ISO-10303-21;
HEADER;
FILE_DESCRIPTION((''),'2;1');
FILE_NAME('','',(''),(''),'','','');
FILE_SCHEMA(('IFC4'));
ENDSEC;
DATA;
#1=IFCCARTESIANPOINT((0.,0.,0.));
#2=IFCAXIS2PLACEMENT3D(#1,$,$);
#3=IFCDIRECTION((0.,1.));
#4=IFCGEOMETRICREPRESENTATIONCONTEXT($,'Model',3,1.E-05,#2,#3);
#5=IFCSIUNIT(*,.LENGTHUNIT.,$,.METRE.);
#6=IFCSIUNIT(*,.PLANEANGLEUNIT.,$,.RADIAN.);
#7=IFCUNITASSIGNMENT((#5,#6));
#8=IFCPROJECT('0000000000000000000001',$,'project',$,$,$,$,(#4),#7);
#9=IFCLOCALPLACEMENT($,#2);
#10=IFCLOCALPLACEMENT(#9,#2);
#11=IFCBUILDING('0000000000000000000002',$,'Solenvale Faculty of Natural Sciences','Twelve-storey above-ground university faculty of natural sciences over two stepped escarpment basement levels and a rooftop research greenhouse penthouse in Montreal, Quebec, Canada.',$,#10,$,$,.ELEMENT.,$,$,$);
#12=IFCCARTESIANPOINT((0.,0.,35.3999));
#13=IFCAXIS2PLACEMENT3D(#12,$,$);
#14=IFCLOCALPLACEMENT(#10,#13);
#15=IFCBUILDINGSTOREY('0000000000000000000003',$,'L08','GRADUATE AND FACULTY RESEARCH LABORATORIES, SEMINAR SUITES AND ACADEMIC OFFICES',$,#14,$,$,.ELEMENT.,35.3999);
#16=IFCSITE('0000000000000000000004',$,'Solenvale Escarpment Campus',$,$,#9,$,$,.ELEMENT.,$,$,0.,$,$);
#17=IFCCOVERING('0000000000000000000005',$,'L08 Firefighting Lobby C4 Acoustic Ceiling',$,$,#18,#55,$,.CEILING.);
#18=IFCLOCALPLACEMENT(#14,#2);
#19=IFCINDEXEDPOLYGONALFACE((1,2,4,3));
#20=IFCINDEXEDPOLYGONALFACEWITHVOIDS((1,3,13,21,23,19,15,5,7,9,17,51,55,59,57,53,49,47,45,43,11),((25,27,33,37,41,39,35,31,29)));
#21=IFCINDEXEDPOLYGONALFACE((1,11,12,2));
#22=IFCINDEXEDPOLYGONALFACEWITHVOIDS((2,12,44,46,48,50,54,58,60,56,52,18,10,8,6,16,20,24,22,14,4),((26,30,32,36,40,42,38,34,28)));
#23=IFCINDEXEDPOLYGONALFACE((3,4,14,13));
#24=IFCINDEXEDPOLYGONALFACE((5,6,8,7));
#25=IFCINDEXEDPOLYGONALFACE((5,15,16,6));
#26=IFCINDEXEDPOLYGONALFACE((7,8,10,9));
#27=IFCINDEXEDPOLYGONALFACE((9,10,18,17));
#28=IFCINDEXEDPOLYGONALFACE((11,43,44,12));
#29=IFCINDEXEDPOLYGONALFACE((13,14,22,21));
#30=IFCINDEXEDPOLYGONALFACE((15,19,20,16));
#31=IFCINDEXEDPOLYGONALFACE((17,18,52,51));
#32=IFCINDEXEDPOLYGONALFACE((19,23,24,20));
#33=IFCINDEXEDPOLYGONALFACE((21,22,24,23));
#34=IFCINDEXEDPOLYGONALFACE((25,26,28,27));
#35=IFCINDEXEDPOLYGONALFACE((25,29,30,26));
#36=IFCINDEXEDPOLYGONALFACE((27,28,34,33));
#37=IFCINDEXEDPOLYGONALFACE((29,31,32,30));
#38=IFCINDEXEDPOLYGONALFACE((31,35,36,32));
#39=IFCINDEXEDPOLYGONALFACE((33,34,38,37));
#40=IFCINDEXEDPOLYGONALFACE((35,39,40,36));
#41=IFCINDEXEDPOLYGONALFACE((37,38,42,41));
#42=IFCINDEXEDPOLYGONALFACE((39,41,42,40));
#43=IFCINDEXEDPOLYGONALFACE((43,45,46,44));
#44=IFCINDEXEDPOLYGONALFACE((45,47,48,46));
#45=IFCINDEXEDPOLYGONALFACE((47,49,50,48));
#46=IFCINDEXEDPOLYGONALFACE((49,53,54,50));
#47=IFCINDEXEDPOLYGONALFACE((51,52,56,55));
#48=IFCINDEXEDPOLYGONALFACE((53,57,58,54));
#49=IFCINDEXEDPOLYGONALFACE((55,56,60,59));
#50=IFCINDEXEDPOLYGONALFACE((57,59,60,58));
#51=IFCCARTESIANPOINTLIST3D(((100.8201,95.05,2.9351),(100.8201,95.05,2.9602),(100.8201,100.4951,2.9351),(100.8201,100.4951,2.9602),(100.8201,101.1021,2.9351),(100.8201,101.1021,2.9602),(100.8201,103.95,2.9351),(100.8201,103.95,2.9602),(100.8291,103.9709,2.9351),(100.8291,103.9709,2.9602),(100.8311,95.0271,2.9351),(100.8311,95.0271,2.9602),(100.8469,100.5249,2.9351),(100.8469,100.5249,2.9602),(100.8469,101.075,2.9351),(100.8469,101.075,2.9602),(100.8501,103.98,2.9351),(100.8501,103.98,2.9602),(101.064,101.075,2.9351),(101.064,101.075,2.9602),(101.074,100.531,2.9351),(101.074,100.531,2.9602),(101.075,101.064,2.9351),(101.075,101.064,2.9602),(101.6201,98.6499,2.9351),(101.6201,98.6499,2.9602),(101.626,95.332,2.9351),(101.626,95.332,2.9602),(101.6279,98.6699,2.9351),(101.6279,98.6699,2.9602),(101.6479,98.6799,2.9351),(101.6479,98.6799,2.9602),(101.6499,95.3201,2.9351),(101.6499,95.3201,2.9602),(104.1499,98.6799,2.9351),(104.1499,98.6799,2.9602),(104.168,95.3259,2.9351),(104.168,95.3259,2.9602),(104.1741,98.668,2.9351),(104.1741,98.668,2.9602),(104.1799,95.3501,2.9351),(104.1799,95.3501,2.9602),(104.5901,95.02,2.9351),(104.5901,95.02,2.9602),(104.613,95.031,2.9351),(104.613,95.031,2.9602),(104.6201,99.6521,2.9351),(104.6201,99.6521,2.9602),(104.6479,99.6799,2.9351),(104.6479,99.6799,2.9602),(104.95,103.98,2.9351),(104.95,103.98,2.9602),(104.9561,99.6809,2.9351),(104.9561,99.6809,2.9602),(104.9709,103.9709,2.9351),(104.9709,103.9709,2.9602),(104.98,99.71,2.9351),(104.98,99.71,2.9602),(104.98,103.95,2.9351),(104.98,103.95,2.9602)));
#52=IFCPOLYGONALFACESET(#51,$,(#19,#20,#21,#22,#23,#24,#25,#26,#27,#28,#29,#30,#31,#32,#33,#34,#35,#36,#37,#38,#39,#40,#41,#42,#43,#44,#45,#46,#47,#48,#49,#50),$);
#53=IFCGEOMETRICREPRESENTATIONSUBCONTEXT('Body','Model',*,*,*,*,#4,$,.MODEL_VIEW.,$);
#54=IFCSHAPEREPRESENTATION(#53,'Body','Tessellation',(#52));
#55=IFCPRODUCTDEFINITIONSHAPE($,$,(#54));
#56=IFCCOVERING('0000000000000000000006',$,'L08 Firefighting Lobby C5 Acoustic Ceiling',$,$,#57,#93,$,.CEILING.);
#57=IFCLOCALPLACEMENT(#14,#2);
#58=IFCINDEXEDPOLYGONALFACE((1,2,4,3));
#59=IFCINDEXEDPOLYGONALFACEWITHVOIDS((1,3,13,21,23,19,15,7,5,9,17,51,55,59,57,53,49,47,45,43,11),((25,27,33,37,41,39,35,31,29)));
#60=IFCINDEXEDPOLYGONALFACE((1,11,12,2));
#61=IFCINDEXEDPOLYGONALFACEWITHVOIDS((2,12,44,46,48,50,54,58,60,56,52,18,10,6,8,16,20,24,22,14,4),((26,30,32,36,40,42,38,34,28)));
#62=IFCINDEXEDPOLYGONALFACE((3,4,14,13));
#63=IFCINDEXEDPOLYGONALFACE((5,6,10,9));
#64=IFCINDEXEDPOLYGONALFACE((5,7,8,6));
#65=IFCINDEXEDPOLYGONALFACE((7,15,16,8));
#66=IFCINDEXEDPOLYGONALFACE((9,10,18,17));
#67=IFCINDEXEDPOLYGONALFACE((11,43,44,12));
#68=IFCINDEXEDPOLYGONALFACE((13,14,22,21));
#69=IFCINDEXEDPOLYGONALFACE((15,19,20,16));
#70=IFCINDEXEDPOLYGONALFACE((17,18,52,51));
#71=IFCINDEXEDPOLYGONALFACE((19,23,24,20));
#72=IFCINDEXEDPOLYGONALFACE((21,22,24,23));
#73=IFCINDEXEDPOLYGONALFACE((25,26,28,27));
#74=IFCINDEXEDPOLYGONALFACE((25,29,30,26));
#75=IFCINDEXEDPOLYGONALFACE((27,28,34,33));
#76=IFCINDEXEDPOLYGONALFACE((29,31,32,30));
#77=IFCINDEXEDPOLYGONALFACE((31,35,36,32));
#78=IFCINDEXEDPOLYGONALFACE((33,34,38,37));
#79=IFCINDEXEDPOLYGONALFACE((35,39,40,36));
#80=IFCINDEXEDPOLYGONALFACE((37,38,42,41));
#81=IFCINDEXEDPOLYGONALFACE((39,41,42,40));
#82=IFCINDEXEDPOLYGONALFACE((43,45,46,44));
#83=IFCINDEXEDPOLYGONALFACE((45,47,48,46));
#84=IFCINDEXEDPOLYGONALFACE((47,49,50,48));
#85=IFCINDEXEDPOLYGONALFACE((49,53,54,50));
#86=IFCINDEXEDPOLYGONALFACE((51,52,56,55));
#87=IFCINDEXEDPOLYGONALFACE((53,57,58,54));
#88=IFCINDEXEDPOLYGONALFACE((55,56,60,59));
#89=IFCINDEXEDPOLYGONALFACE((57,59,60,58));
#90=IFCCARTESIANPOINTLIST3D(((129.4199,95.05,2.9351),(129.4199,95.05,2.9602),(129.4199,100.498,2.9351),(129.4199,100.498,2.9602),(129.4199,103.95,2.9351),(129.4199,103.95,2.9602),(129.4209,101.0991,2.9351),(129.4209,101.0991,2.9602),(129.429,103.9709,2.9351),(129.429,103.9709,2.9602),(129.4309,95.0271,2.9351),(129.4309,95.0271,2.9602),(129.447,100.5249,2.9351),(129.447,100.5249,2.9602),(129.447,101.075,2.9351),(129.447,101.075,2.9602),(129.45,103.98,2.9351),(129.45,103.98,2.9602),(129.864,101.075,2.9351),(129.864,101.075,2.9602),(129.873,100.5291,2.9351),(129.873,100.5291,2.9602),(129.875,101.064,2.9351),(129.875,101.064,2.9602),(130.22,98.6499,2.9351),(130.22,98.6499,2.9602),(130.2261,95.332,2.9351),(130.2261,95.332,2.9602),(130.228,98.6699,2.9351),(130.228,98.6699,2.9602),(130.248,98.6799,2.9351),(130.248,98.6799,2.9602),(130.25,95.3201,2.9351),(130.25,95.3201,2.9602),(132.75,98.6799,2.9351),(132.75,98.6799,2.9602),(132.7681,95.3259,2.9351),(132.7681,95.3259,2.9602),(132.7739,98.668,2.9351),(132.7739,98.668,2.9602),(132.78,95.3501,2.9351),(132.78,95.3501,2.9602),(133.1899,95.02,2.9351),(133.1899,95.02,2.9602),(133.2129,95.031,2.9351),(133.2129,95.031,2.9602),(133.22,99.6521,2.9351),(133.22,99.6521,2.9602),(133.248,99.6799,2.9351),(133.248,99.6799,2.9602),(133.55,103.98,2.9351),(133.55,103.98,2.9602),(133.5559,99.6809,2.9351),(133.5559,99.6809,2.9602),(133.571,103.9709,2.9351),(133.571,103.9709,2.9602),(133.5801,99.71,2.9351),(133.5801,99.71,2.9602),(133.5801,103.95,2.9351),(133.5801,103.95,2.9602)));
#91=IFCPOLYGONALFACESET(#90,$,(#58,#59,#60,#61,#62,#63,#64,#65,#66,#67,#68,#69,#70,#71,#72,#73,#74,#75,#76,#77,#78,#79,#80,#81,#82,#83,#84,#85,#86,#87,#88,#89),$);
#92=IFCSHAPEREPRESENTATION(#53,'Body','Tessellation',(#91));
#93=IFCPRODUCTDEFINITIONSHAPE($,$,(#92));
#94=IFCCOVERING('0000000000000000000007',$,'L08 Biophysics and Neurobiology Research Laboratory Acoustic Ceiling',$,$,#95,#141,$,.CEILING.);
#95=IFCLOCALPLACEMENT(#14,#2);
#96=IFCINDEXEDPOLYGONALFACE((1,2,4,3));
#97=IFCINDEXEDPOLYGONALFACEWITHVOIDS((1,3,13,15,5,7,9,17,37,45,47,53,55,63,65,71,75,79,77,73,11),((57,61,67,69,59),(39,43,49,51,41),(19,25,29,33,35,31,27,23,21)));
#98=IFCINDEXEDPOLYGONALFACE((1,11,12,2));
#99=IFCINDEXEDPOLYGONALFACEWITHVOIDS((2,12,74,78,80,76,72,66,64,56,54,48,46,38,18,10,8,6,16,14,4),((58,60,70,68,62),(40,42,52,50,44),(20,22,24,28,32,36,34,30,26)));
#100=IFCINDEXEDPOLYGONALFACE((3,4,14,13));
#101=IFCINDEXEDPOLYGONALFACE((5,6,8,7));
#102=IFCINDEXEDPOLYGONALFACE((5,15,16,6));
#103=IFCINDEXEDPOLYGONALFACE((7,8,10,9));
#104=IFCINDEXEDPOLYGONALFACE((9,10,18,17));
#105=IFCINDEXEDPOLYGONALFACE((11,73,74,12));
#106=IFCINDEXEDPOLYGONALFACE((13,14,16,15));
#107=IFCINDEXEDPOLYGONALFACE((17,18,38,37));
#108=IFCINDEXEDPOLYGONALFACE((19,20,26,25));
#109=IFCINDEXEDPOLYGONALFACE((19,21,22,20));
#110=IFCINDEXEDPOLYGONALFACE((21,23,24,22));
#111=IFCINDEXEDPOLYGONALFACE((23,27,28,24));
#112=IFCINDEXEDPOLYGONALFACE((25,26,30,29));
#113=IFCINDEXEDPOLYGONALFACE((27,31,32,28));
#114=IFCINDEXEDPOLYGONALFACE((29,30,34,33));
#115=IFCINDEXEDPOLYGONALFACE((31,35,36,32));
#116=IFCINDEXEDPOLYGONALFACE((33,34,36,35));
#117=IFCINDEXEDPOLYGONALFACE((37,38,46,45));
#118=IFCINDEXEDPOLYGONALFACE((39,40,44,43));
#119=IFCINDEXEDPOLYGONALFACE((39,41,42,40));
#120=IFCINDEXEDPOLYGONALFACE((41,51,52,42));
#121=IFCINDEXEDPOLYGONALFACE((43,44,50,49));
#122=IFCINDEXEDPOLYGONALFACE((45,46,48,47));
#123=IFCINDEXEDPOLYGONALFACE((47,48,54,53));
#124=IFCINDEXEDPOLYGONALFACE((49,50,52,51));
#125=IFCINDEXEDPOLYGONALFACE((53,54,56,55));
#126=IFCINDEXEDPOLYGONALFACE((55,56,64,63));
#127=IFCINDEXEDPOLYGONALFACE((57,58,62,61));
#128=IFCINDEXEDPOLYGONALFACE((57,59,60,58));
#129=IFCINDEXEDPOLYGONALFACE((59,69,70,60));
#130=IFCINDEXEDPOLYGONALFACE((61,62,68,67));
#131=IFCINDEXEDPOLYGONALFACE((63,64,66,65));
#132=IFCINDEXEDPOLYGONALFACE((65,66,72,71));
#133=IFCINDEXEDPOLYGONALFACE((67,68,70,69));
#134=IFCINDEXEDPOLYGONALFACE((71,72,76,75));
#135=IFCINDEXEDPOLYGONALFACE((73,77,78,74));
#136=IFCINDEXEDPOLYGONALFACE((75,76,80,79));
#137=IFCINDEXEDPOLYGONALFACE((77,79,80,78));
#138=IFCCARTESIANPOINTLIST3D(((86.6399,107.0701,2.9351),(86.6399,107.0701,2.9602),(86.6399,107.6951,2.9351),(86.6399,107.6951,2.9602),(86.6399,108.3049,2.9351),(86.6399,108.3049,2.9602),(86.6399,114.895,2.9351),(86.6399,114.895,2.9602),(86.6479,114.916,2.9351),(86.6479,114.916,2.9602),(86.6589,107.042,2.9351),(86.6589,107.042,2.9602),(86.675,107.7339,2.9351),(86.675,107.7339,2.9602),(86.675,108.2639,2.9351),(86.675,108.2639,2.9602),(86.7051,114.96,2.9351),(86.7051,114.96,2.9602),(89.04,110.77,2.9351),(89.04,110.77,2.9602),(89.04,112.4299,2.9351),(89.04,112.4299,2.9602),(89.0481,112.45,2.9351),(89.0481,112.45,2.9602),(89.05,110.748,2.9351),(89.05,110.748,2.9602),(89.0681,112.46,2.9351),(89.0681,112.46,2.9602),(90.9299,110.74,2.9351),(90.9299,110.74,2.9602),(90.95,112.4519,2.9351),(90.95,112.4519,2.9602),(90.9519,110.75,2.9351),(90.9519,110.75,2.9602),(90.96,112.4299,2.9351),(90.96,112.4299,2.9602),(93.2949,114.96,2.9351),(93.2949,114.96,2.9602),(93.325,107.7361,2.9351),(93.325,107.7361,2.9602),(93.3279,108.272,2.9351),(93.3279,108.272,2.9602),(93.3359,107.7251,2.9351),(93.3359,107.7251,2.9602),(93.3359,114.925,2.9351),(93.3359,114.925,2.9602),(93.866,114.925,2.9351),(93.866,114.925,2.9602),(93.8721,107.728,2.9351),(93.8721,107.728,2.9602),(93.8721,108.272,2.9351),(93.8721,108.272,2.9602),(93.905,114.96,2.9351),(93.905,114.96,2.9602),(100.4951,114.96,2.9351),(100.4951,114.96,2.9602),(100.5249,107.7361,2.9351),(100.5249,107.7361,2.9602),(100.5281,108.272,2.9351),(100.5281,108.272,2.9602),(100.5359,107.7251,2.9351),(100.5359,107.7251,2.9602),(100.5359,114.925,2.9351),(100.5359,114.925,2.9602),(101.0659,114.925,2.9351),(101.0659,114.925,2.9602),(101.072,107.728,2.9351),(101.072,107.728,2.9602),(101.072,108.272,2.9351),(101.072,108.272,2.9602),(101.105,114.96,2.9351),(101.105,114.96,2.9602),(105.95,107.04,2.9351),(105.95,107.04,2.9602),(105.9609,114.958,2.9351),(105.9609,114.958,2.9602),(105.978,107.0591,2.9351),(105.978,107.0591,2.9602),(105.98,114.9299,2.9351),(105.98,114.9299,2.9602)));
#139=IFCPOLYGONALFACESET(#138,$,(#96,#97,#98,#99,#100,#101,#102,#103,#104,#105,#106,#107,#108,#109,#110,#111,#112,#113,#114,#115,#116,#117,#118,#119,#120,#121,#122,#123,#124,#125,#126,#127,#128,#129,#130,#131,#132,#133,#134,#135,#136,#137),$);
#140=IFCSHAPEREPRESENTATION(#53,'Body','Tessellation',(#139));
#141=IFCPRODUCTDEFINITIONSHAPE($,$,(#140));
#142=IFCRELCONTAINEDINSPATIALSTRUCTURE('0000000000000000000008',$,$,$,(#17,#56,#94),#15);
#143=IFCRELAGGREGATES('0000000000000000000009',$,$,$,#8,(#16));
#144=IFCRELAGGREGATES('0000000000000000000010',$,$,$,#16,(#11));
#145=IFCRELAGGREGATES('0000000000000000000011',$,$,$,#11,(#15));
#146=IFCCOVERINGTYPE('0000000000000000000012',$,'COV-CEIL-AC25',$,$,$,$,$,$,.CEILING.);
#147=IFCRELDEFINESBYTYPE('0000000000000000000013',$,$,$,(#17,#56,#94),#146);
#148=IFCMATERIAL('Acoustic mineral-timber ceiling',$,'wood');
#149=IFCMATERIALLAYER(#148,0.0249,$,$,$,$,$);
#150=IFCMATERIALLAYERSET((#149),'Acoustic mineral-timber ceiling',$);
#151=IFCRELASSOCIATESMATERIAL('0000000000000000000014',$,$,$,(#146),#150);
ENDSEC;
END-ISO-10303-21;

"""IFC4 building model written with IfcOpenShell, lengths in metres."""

from ifc_helpers import new_model, si_unit, direction, frame, origin, place, context, subcontext, project, spatial, polyline, outline, extrude, material, layer, layer_set, type_object, element, save


model = new_model("IFC4")

# Units and contexts
model_context = context("Model", 3, precision=1e-05, world=origin(), true_north=direction((0.0, 1.0)))
body_context = subcontext(model_context, "Body", "Model", "MODEL_VIEW")
ifc_project = project(units=[si_unit("LENGTHUNIT", "METRE"), si_unit("PLANEANGLEUNIT", "RADIAN")], contexts=[model_context])

# Site, building, storey
site_placement = place(None, origin())
site = spatial("IfcSite", under=ifc_project, at=site_placement, Name="Solenvale Escarpment Campus", CompositionType="ELEMENT", RefElevation=0.0)
building_placement = place(site_placement, origin())
building = spatial("IfcBuilding", under=site, at=building_placement, Name="Solenvale Faculty of Natural Sciences", Description="Twelve-storey above-ground university faculty of natural sciences over two stepped escarpment basement levels and a rooftop research greenhouse penthouse in Montreal, Quebec, Canada.", CompositionType="ELEMENT")
storey_placement = place(building_placement, frame((0.0, 0.0, 35.3999)))
storey = spatial("IfcBuildingStorey", under=building, at=storey_placement, Name="L08", Description="GRADUATE AND FACULTY RESEARCH LABORATORIES, SEMINAR SUITES AND ACADEMIC OFFICES", CompositionType="ELEMENT", Elevation=35.3999)

# Coverings
ifc_material_1 = material(Name="Acoustic mineral-timber ceiling", Category="wood")
ifc_layer_1 = layer(ifc_material_1, 0.0249)
ifc_layer_set_1 = layer_set([ifc_layer_1], Name="Acoustic mineral-timber ceiling")
covering_type_1 = type_object("IfcCoveringType", Name="COV-CEIL-AC25", PredefinedType="CEILING", material=ifc_layer_set_1)
covering_1_placement = place(storey_placement, frame((0.0, 0.0, 2.9351)))
element("IfcCovering", 1, at=covering_1_placement, inside=storey, type_object=covering_type_1, Name="L08 Firefighting Lobby C4 Acoustic Ceiling", PredefinedType="CEILING", context=body_context, shape_type="SweptSolid", body=[
    extrude(outline(polyline([(104.98, 99.71), (104.9561, 99.6809), (104.6479, 99.6799), (104.6201, 99.6521), (104.613, 95.031), (104.5901, 95.02), (100.8311, 95.0271), (100.8201, 95.05), (100.8201, 100.4951), (100.8469, 100.5249), (101.074, 100.531), (101.075, 101.064), (101.064, 101.075), (100.8469, 101.075), (100.8201, 101.1021), (100.8201, 103.95), (100.8291, 103.9709), (100.8501, 103.98), (104.95, 103.98), (104.9709, 103.9709), (104.98, 103.95), (104.98, 99.71)]), holes=[polyline([(101.6479, 98.6799), (101.6279, 98.6699), (101.6201, 98.6499), (101.626, 95.332), (101.6499, 95.3201), (104.168, 95.3259), (104.1799, 95.3501), (104.1741, 98.668), (104.1499, 98.6799), (101.6479, 98.6799)])]), origin(), (0.0, 0.0, 1.0), 0.0251),
])
covering_2_placement = place(storey_placement, frame((0.0, 0.0, 2.9351)))
element("IfcCovering", 2, at=covering_2_placement, inside=storey, type_object=covering_type_1, Name="L08 Firefighting Lobby C5 Acoustic Ceiling", PredefinedType="CEILING", context=body_context, shape_type="SweptSolid", body=[
    extrude(outline(polyline([(133.5801, 99.71), (133.5559, 99.6809), (133.248, 99.6799), (133.22, 99.6521), (133.2129, 95.031), (133.1899, 95.02), (129.4309, 95.0271), (129.4199, 95.05), (129.4199, 100.498), (129.447, 100.5249), (129.873, 100.5291), (129.875, 101.064), (129.864, 101.075), (129.447, 101.075), (129.4209, 101.0991), (129.4199, 103.95), (129.429, 103.9709), (129.45, 103.98), (133.55, 103.98), (133.571, 103.9709), (133.5801, 103.95), (133.5801, 99.71)]), holes=[polyline([(130.248, 98.6799), (130.228, 98.6699), (130.22, 98.6499), (130.2261, 95.332), (130.25, 95.3201), (132.7681, 95.3259), (132.78, 95.3501), (132.7739, 98.668), (132.75, 98.6799), (130.248, 98.6799)])]), origin(), (0.0, 0.0, 1.0), 0.0251),
])
covering_3_placement = place(storey_placement, frame((0.0, 0.0, 2.9351)))
element("IfcCovering", 3, at=covering_3_placement, inside=storey, type_object=covering_type_1, Name="L08 Biophysics and Neurobiology Research Laboratory Acoustic Ceiling", PredefinedType="CEILING", context=body_context, shape_type="SweptSolid", body=[
    extrude(outline(polyline([(86.6399, 114.895), (86.6479, 114.916), (86.7051, 114.96), (93.2949, 114.96), (93.3359, 114.925), (93.866, 114.925), (93.905, 114.96), (100.4951, 114.96), (100.5359, 114.925), (101.0659, 114.925), (101.105, 114.96), (105.9609, 114.958), (105.98, 114.9299), (105.978, 107.0591), (105.95, 107.04), (86.6589, 107.042), (86.6399, 107.0701), (86.6399, 107.6951), (86.675, 107.7339), (86.675, 108.2639), (86.6399, 108.3049), (86.6399, 114.895)]), holes=[polyline([(100.5249, 107.7361), (100.5359, 107.7251), (101.072, 107.728), (101.072, 108.272), (100.5281, 108.272), (100.5249, 107.7361)]), polyline([(93.325, 107.7361), (93.3359, 107.7251), (93.8721, 107.728), (93.8721, 108.272), (93.3279, 108.272), (93.325, 107.7361)]), polyline([(89.0681, 112.46), (89.0481, 112.45), (89.04, 112.4299), (89.04, 110.77), (89.05, 110.748), (90.9299, 110.74), (90.9519, 110.75), (90.96, 112.4299), (90.95, 112.4519), (89.0681, 112.46)])]), origin(), (0.0, 0.0, 1.0), 0.0251),
])

save(model, "model.ifc")
